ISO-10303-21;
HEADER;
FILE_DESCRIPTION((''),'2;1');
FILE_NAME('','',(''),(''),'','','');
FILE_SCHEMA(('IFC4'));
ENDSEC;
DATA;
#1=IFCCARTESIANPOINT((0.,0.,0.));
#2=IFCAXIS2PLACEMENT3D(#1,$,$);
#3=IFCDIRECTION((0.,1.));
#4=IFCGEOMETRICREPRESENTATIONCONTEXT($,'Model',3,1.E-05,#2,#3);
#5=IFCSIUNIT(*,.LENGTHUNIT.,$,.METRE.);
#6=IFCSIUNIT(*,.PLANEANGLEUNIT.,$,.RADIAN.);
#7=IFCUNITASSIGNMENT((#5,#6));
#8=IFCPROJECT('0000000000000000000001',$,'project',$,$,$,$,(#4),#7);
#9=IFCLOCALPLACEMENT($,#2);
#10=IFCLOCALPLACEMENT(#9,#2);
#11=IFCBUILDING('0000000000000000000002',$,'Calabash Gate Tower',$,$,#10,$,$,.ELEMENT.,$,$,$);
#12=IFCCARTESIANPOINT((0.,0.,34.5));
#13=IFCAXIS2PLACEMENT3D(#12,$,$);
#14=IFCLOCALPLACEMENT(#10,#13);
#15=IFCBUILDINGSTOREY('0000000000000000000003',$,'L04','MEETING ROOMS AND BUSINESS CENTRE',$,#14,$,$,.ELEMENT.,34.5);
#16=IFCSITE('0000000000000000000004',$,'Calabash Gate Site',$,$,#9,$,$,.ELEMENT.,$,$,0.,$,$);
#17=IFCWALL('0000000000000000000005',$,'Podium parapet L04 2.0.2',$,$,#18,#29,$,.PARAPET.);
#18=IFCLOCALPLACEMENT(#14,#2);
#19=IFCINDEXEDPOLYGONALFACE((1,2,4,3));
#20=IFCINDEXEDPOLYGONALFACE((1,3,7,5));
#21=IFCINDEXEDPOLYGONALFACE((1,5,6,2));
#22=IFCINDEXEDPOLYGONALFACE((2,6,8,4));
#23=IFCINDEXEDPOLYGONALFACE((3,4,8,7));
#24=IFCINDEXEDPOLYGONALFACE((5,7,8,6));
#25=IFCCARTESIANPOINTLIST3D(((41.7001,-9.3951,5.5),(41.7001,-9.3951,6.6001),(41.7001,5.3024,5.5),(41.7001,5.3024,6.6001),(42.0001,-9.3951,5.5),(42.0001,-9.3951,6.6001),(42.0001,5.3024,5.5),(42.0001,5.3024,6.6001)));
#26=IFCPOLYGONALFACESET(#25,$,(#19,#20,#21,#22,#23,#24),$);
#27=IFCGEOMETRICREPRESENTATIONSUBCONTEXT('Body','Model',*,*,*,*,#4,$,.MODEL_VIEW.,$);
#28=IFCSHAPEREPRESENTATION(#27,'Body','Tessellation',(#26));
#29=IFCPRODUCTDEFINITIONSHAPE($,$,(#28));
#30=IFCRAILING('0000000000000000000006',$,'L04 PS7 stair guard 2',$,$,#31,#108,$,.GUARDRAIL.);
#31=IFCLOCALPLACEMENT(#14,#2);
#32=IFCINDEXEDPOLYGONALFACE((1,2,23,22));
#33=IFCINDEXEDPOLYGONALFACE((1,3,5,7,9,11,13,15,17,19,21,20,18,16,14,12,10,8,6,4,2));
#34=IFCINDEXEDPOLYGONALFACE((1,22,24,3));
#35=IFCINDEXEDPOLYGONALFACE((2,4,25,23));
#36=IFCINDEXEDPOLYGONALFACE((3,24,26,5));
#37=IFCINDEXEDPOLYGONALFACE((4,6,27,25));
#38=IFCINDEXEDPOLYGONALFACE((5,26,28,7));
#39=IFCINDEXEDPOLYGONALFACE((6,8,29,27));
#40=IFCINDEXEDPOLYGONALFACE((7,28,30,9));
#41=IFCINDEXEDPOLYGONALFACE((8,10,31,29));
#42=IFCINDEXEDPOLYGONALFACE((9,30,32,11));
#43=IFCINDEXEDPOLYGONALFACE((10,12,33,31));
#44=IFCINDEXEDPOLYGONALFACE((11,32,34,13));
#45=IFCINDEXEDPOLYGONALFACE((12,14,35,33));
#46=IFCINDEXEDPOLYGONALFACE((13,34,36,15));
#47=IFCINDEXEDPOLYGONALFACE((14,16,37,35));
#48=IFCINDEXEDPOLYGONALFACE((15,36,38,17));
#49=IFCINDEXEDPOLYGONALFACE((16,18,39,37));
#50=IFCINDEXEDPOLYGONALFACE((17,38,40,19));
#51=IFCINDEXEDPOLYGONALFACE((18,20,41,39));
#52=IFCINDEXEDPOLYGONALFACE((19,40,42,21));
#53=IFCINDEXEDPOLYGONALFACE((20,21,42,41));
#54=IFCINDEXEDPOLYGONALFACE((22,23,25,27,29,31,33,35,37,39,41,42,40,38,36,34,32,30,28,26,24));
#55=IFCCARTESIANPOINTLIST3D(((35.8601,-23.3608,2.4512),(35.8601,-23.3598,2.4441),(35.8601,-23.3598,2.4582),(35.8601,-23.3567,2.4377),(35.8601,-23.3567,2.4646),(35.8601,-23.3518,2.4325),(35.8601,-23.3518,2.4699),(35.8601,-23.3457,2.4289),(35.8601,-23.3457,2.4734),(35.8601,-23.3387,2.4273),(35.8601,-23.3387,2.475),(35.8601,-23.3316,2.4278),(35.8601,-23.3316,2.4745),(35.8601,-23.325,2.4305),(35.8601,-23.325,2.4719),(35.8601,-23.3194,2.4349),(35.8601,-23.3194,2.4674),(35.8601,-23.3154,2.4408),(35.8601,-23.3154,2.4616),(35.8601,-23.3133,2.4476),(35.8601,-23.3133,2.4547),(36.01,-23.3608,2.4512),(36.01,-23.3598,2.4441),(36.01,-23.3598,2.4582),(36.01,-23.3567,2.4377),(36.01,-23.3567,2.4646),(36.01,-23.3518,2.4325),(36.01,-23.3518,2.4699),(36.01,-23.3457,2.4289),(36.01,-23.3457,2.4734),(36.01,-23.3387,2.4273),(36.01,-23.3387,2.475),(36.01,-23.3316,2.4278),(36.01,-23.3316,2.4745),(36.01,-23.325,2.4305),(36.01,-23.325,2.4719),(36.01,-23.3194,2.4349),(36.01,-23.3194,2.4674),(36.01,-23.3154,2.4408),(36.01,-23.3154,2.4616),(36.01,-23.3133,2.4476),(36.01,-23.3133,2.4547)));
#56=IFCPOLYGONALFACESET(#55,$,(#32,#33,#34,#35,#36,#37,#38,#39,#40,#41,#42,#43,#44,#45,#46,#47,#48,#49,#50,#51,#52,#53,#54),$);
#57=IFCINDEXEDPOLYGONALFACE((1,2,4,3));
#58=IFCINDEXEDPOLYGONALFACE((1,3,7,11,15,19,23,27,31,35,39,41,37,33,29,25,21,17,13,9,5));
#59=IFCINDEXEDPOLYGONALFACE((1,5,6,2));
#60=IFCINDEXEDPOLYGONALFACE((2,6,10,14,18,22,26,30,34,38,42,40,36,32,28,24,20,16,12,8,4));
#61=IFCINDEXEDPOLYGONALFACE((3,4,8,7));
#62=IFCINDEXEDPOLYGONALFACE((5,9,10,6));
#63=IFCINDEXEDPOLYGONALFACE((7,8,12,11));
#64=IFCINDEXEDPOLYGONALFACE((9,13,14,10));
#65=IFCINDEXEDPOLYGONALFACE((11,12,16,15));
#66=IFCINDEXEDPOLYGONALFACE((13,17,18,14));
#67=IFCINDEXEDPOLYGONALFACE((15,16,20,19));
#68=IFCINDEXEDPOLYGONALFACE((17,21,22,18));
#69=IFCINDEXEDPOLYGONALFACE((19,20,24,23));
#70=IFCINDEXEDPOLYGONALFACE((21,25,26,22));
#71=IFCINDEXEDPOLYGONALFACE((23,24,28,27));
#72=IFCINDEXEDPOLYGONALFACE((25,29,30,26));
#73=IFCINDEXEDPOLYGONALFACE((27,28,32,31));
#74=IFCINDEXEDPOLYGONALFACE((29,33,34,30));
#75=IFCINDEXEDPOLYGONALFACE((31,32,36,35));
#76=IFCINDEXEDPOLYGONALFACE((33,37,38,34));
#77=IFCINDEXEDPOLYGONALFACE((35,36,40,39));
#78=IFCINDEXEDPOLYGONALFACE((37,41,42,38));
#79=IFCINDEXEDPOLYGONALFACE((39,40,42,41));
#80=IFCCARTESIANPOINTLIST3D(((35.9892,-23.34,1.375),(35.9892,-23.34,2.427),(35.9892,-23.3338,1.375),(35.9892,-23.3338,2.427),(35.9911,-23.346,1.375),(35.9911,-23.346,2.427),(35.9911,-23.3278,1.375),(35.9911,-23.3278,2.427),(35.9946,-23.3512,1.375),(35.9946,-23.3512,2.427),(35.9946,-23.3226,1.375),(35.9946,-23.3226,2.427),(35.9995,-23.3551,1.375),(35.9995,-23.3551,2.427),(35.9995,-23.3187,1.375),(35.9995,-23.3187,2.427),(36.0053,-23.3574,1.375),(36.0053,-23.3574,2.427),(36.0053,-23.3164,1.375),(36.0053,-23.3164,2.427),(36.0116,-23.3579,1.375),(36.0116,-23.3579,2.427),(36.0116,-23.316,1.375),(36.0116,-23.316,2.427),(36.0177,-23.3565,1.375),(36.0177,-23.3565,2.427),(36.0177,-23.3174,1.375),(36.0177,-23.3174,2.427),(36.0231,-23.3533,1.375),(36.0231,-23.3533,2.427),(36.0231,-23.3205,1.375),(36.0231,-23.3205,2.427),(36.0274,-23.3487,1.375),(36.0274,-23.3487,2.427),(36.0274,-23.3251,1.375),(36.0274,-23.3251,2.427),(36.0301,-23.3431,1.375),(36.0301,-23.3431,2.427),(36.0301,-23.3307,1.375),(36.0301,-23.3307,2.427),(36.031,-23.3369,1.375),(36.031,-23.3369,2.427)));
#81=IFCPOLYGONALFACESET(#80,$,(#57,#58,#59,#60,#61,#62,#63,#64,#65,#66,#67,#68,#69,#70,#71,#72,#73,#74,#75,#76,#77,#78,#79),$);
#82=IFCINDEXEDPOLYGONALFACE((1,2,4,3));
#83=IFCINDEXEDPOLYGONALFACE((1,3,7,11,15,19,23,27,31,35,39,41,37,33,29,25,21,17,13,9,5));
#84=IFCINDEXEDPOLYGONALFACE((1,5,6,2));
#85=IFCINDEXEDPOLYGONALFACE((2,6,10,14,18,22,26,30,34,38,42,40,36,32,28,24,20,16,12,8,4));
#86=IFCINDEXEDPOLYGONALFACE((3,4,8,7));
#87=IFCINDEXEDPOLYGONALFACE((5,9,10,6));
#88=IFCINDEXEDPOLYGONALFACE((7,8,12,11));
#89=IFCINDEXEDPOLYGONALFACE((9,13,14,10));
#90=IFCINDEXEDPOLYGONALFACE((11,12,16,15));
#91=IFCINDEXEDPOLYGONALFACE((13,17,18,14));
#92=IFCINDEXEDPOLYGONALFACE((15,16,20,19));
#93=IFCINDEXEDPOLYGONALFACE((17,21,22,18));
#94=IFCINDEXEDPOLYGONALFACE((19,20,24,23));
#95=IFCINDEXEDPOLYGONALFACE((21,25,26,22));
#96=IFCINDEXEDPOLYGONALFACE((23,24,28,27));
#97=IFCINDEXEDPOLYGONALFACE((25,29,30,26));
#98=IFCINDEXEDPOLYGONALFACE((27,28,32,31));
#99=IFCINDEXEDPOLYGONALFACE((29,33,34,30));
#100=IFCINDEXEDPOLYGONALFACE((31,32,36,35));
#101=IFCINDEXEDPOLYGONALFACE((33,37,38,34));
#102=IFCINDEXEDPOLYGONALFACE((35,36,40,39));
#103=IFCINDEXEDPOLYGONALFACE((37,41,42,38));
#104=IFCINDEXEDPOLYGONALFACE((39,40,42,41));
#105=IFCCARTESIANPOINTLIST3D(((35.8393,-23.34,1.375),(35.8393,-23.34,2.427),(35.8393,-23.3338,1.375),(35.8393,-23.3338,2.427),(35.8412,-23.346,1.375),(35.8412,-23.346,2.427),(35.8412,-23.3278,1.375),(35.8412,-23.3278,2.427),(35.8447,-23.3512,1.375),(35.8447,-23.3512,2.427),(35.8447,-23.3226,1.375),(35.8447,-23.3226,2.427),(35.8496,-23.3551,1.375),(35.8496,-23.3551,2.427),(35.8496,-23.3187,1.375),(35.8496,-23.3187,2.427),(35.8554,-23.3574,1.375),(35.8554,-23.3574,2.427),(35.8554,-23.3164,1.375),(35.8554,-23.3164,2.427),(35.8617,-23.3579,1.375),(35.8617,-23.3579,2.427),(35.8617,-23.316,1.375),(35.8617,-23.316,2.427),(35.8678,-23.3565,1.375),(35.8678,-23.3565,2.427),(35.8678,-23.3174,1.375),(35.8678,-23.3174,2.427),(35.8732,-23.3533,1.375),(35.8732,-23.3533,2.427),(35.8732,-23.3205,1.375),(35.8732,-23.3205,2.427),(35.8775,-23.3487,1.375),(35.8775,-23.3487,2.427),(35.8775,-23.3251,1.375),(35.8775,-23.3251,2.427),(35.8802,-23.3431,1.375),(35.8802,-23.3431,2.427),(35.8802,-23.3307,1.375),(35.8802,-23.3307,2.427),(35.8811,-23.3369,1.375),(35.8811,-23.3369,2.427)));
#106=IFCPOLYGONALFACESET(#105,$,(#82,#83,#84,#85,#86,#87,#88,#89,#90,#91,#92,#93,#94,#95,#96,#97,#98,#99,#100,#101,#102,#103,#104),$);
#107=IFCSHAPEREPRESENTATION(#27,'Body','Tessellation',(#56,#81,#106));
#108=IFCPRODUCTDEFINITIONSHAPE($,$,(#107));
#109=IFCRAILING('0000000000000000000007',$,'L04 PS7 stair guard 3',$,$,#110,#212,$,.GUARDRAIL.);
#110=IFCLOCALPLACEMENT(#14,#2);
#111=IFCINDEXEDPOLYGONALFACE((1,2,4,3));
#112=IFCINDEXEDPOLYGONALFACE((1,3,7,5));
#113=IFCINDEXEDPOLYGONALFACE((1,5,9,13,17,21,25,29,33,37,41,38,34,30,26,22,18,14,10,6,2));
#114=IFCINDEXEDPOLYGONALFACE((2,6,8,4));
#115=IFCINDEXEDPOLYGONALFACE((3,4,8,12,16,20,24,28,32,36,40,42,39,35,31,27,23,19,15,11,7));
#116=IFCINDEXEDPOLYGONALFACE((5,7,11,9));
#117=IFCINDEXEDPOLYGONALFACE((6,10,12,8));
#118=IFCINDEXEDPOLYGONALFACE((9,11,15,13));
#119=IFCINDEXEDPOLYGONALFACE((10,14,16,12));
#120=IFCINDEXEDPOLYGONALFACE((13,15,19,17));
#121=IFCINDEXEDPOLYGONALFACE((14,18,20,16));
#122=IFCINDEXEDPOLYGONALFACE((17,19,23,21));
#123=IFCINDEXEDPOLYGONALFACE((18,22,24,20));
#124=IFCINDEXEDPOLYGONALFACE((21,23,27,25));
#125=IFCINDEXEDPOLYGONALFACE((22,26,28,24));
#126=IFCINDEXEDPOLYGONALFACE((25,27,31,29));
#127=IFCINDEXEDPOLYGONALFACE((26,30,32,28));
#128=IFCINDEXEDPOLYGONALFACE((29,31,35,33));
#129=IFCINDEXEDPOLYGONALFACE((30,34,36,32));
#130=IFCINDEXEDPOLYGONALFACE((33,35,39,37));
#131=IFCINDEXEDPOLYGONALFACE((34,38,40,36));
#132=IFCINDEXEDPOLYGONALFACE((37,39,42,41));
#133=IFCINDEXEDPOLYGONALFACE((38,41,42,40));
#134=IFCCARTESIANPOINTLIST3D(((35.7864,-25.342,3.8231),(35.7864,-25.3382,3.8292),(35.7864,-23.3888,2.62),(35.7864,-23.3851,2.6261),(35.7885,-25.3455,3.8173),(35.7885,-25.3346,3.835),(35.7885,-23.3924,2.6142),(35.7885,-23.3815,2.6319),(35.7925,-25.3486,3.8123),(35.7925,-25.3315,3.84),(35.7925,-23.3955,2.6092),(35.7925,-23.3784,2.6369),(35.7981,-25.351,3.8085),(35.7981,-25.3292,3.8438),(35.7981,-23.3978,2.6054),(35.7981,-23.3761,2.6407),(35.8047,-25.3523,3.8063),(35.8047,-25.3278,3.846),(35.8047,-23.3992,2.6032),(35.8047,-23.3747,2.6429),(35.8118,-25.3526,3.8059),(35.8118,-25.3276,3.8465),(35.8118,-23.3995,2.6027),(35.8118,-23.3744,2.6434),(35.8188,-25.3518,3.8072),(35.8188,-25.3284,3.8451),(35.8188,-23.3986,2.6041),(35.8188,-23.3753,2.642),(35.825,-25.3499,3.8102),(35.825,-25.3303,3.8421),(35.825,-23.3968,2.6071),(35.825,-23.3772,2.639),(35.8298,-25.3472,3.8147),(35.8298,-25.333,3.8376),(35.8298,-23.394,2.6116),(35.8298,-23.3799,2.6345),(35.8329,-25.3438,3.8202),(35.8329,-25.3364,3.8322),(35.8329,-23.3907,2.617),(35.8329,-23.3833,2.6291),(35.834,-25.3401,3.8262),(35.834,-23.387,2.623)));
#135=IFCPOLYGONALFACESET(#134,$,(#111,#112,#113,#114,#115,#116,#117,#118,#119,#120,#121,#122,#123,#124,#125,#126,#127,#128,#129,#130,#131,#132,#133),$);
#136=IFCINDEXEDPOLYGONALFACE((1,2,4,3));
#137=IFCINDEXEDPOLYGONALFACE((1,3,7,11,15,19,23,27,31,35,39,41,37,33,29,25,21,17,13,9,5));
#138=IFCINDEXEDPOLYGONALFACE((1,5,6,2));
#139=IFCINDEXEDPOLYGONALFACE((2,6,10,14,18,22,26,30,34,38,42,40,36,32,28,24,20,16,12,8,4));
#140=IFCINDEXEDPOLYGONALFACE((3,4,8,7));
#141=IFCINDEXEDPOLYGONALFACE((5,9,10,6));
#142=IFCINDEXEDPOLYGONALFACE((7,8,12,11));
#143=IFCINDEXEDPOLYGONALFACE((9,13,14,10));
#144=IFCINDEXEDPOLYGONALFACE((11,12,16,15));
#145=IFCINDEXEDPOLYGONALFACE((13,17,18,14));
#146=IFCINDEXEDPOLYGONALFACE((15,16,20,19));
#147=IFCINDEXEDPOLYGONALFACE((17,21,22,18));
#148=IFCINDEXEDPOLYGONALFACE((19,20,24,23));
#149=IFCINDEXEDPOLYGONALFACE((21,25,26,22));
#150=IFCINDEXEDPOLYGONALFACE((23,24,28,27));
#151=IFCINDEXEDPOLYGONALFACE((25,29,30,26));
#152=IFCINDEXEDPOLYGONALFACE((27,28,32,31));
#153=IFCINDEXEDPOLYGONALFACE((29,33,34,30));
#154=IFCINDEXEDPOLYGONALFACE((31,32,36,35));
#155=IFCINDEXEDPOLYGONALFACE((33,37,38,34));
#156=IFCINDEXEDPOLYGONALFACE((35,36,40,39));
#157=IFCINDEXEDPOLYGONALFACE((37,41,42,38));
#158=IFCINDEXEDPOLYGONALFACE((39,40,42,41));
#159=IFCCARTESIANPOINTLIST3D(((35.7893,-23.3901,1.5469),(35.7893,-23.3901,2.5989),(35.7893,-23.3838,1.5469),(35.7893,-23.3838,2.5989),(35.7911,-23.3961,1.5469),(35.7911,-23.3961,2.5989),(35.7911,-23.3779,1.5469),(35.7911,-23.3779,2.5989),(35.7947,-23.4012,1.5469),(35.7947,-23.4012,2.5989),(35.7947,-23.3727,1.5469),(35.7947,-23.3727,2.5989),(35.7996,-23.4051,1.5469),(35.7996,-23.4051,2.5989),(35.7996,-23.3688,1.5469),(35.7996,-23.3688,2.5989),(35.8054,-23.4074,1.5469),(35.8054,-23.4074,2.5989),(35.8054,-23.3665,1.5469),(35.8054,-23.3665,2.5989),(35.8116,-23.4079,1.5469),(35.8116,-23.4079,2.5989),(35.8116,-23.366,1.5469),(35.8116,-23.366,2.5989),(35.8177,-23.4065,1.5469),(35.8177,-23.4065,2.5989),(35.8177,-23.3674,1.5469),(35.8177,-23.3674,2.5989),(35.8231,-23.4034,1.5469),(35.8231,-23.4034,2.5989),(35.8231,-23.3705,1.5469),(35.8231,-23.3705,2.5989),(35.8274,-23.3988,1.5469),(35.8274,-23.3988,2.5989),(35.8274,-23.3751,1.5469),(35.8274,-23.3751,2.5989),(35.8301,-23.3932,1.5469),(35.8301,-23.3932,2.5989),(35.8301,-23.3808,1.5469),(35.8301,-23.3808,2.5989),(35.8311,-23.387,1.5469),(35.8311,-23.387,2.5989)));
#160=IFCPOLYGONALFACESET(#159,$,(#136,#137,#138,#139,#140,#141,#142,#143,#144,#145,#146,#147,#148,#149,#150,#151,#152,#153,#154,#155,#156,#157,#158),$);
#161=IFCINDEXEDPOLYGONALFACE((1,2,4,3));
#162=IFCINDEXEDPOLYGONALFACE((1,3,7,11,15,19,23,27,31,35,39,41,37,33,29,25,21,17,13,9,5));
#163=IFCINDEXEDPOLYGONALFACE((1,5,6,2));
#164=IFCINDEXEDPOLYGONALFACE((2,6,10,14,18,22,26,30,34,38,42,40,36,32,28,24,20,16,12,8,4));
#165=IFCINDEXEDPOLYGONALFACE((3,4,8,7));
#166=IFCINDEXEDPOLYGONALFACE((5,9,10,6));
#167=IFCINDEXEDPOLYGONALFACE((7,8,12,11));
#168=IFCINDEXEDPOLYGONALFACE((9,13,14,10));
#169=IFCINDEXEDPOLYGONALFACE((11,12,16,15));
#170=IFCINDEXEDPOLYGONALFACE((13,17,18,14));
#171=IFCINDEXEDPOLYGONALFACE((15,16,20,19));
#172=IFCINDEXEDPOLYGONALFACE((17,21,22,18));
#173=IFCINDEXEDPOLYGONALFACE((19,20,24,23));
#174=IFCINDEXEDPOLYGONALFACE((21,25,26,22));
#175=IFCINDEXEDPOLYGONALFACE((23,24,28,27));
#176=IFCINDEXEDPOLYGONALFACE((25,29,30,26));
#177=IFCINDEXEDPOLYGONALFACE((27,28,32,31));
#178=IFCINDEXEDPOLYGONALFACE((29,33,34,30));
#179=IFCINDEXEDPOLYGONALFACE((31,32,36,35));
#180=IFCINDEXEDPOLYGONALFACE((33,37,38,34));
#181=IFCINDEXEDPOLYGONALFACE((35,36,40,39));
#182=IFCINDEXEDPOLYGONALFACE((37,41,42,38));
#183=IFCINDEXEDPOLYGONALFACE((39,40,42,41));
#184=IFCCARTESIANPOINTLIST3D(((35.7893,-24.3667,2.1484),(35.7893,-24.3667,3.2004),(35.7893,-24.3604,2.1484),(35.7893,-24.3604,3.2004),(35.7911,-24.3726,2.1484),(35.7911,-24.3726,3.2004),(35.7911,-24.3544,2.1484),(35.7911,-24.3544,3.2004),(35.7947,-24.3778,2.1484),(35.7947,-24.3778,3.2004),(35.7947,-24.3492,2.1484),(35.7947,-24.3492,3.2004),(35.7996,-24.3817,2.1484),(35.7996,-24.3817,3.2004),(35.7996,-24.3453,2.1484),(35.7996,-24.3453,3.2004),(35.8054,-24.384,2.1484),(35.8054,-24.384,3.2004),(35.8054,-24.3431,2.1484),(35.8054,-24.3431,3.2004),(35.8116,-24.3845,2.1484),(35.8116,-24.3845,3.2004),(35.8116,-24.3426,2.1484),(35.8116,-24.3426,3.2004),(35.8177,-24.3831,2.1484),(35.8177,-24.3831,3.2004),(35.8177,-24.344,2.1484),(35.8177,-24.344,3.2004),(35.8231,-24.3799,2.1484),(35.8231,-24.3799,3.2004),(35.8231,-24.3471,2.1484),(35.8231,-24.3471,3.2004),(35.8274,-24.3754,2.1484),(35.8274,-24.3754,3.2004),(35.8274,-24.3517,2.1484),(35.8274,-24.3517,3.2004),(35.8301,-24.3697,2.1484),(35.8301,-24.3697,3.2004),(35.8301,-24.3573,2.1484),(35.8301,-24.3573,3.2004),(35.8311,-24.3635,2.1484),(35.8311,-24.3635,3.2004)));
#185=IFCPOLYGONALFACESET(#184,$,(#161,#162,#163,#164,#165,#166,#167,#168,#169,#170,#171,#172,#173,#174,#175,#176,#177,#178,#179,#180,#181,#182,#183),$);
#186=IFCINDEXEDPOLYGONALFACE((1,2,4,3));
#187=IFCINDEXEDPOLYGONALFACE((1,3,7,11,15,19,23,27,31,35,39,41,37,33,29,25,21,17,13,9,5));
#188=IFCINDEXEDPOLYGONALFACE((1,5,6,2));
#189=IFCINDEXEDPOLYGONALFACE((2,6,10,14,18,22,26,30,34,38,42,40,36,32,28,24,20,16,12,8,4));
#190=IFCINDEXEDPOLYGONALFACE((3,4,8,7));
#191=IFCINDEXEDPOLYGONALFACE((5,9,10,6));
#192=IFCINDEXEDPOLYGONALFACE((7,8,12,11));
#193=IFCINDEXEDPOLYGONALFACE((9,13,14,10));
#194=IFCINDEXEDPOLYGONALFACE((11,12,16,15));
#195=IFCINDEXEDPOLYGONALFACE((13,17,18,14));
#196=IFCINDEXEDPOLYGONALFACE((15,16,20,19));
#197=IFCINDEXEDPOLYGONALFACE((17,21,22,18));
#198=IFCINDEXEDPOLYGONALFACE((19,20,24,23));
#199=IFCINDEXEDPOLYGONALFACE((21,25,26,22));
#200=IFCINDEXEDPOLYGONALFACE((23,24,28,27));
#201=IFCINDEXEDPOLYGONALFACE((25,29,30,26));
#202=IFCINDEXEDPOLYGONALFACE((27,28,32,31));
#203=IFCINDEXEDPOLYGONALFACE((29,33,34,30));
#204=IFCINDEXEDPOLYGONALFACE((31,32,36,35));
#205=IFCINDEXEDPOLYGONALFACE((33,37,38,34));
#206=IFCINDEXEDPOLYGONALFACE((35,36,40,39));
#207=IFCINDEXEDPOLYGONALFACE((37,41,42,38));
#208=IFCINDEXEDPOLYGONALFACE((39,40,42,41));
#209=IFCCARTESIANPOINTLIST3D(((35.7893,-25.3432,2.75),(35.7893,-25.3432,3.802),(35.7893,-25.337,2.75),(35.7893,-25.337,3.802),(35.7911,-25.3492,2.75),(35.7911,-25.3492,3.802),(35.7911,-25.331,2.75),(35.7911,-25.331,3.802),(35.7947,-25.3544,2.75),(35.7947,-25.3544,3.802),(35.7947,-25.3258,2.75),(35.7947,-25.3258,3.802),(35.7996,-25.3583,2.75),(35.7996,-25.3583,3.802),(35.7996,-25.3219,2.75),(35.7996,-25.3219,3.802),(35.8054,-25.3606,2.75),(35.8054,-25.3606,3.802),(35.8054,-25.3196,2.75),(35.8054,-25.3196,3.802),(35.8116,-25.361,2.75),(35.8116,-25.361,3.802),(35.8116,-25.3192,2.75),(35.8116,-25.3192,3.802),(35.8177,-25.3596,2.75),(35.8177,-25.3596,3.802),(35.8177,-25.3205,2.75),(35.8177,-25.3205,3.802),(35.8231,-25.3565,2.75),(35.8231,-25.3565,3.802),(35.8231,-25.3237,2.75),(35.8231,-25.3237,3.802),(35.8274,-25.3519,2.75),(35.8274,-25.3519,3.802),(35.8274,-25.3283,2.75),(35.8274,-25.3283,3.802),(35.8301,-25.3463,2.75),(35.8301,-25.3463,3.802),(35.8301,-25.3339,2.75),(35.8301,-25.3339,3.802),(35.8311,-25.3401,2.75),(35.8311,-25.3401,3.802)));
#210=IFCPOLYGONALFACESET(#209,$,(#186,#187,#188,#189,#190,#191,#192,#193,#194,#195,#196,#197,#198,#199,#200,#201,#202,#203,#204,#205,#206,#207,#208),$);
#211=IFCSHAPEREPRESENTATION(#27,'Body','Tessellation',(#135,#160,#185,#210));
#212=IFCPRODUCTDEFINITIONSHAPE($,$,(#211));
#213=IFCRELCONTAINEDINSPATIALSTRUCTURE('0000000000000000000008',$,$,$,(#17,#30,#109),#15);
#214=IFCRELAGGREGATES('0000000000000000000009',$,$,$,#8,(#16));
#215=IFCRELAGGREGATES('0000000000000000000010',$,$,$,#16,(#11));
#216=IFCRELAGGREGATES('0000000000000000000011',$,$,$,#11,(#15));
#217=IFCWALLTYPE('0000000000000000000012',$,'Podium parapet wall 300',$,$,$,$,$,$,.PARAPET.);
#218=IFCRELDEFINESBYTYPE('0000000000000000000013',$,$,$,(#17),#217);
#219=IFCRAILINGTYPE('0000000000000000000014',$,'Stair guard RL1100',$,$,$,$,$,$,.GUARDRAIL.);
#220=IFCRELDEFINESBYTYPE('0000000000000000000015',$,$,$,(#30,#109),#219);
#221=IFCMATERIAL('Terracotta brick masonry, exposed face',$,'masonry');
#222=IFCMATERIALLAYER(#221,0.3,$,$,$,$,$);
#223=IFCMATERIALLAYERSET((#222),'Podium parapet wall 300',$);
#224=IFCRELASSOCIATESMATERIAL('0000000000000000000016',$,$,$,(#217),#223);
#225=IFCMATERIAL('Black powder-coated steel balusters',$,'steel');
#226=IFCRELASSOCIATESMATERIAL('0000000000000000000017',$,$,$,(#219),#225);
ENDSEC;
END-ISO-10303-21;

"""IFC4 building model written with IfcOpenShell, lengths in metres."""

from ifc_helpers import new_model, si_unit, direction, frame, frame_2d, origin, origin_2d, place, context, subcontext, project, spatial, rectangle, circle, extrude, material, layer, layer_set, type_object, element, save


model = new_model("IFC4")

# Units and contexts
model_context = context("Model", 3, precision=1e-05, world=origin(), true_north=direction((0.0, 1.0)))
body_context = subcontext(model_context, "Body", "Model", "MODEL_VIEW")
ifc_project = project(units=[si_unit("LENGTHUNIT", "METRE"), si_unit("PLANEANGLEUNIT", "RADIAN")], contexts=[model_context])

# Site, building, storey
site_placement = place(None, origin())
site = spatial("IfcSite", under=ifc_project, at=site_placement, Name="Calabash Gate Site", CompositionType="ELEMENT", RefElevation=0.0)
building_placement = place(site_placement, origin())
building = spatial("IfcBuilding", under=site, at=building_placement, Name="Calabash Gate Tower", CompositionType="ELEMENT")
storey_placement = place(building_placement, frame((0.0, 0.0, 34.5)))
storey = spatial("IfcBuildingStorey", under=building, at=storey_placement, Name="L04", Description="MEETING ROOMS AND BUSINESS CENTRE", CompositionType="ELEMENT", Elevation=34.5)

# Wall
ifc_material_1 = material(Name="Terracotta brick masonry, exposed face", Category="masonry")
ifc_layer_1 = layer(ifc_material_1, 0.3)
ifc_layer_set_1 = layer_set([ifc_layer_1], Name="Podium parapet wall 300")
wall_type_1 = type_object("IfcWallType", Name="Podium parapet wall 300", PredefinedType="PARAPET", material=ifc_layer_set_1)
for number, where, z_axis, x_axis, name in (
    (1, (41.8501, -9.395, 5.5), (0.0, 0.0, 1.0), (0.0, 1.0, 0.0), "Podium parapet L04 2.0.2"),
):
    element("IfcWall", number, at=place(storey_placement, frame(where, z_axis=z_axis, x_axis=x_axis)), inside=storey, type_object=wall_type_1, Name=name, PredefinedType="PARAPET", context=body_context, shape_type="SweptSolid", body=[
        extrude(rectangle(XDim=14.6975, YDim=0.3, at=frame_2d((7.3486, 0.0))), origin(), (0.0, 0.0, 1.0), 1.1001),
    ])

# Railings
ifc_material_2 = material(Name="Black powder-coated steel balusters", Category="steel")
railing_type = type_object("IfcRailingType", Name="Stair guard RL1100", PredefinedType="GUARDRAIL", material=ifc_material_2)
railing_1_placement = place(storey_placement, frame((36.01, -23.3369, 1.375)))
element("IfcRailing", 2, at=railing_1_placement, inside=storey, type_object=railing_type, Name="L04 PS7 stair guard 2", PredefinedType="GUARDRAIL", context=body_context, shape_type="SweptSolid", body=[
    extrude(circle(Radius=0.0239, at=origin_2d()), frame((0.0, 0.0, 1.0762), z_axis=(-1.0, 0.0, 0.0), x_axis=(0.0, -1.0, 0.0)), (0.0, 0.0, 1.0), 0.1499),
    extrude(circle(Radius=0.021, at=origin_2d()), origin(), (0.0, 0.0, 1.0), 1.052),
    extrude(circle(Radius=0.021, at=origin_2d()), frame((-0.1499, 0.0, 0.0)), (0.0, 0.0, 1.0), 1.052),
])
railing_2_placement = place(storey_placement, frame((35.8101, -23.387, 1.5469)))
element("IfcRailing", 3, at=railing_2_placement, inside=storey, type_object=railing_type, Name="L04 PS7 stair guard 3", PredefinedType="GUARDRAIL", context=body_context, shape_type="SweptSolid", body=[
    extrude(circle(Radius=0.0239, at=origin_2d()), frame((0.0, 0.0, 1.0762), z_axis=(0.0, -0.851424, 0.524477), x_axis=(1.0, 0.0, 0.0)), (0.0, 0.0, 1.0), 2.2939),
    extrude(circle(Radius=0.021, at=origin_2d()), origin(), (0.0, 0.0, 1.0), 1.052),
    extrude(circle(Radius=0.021, at=origin_2d()), frame((0.0, -0.9766, 0.6016)), (0.0, 0.0, 1.0), 1.052),
    extrude(circle(Radius=0.021, at=origin_2d()), frame((0.0, -1.9531, 1.2031)), (0.0, 0.0, 1.0), 1.052),
])

save(model, "model.ifc")
